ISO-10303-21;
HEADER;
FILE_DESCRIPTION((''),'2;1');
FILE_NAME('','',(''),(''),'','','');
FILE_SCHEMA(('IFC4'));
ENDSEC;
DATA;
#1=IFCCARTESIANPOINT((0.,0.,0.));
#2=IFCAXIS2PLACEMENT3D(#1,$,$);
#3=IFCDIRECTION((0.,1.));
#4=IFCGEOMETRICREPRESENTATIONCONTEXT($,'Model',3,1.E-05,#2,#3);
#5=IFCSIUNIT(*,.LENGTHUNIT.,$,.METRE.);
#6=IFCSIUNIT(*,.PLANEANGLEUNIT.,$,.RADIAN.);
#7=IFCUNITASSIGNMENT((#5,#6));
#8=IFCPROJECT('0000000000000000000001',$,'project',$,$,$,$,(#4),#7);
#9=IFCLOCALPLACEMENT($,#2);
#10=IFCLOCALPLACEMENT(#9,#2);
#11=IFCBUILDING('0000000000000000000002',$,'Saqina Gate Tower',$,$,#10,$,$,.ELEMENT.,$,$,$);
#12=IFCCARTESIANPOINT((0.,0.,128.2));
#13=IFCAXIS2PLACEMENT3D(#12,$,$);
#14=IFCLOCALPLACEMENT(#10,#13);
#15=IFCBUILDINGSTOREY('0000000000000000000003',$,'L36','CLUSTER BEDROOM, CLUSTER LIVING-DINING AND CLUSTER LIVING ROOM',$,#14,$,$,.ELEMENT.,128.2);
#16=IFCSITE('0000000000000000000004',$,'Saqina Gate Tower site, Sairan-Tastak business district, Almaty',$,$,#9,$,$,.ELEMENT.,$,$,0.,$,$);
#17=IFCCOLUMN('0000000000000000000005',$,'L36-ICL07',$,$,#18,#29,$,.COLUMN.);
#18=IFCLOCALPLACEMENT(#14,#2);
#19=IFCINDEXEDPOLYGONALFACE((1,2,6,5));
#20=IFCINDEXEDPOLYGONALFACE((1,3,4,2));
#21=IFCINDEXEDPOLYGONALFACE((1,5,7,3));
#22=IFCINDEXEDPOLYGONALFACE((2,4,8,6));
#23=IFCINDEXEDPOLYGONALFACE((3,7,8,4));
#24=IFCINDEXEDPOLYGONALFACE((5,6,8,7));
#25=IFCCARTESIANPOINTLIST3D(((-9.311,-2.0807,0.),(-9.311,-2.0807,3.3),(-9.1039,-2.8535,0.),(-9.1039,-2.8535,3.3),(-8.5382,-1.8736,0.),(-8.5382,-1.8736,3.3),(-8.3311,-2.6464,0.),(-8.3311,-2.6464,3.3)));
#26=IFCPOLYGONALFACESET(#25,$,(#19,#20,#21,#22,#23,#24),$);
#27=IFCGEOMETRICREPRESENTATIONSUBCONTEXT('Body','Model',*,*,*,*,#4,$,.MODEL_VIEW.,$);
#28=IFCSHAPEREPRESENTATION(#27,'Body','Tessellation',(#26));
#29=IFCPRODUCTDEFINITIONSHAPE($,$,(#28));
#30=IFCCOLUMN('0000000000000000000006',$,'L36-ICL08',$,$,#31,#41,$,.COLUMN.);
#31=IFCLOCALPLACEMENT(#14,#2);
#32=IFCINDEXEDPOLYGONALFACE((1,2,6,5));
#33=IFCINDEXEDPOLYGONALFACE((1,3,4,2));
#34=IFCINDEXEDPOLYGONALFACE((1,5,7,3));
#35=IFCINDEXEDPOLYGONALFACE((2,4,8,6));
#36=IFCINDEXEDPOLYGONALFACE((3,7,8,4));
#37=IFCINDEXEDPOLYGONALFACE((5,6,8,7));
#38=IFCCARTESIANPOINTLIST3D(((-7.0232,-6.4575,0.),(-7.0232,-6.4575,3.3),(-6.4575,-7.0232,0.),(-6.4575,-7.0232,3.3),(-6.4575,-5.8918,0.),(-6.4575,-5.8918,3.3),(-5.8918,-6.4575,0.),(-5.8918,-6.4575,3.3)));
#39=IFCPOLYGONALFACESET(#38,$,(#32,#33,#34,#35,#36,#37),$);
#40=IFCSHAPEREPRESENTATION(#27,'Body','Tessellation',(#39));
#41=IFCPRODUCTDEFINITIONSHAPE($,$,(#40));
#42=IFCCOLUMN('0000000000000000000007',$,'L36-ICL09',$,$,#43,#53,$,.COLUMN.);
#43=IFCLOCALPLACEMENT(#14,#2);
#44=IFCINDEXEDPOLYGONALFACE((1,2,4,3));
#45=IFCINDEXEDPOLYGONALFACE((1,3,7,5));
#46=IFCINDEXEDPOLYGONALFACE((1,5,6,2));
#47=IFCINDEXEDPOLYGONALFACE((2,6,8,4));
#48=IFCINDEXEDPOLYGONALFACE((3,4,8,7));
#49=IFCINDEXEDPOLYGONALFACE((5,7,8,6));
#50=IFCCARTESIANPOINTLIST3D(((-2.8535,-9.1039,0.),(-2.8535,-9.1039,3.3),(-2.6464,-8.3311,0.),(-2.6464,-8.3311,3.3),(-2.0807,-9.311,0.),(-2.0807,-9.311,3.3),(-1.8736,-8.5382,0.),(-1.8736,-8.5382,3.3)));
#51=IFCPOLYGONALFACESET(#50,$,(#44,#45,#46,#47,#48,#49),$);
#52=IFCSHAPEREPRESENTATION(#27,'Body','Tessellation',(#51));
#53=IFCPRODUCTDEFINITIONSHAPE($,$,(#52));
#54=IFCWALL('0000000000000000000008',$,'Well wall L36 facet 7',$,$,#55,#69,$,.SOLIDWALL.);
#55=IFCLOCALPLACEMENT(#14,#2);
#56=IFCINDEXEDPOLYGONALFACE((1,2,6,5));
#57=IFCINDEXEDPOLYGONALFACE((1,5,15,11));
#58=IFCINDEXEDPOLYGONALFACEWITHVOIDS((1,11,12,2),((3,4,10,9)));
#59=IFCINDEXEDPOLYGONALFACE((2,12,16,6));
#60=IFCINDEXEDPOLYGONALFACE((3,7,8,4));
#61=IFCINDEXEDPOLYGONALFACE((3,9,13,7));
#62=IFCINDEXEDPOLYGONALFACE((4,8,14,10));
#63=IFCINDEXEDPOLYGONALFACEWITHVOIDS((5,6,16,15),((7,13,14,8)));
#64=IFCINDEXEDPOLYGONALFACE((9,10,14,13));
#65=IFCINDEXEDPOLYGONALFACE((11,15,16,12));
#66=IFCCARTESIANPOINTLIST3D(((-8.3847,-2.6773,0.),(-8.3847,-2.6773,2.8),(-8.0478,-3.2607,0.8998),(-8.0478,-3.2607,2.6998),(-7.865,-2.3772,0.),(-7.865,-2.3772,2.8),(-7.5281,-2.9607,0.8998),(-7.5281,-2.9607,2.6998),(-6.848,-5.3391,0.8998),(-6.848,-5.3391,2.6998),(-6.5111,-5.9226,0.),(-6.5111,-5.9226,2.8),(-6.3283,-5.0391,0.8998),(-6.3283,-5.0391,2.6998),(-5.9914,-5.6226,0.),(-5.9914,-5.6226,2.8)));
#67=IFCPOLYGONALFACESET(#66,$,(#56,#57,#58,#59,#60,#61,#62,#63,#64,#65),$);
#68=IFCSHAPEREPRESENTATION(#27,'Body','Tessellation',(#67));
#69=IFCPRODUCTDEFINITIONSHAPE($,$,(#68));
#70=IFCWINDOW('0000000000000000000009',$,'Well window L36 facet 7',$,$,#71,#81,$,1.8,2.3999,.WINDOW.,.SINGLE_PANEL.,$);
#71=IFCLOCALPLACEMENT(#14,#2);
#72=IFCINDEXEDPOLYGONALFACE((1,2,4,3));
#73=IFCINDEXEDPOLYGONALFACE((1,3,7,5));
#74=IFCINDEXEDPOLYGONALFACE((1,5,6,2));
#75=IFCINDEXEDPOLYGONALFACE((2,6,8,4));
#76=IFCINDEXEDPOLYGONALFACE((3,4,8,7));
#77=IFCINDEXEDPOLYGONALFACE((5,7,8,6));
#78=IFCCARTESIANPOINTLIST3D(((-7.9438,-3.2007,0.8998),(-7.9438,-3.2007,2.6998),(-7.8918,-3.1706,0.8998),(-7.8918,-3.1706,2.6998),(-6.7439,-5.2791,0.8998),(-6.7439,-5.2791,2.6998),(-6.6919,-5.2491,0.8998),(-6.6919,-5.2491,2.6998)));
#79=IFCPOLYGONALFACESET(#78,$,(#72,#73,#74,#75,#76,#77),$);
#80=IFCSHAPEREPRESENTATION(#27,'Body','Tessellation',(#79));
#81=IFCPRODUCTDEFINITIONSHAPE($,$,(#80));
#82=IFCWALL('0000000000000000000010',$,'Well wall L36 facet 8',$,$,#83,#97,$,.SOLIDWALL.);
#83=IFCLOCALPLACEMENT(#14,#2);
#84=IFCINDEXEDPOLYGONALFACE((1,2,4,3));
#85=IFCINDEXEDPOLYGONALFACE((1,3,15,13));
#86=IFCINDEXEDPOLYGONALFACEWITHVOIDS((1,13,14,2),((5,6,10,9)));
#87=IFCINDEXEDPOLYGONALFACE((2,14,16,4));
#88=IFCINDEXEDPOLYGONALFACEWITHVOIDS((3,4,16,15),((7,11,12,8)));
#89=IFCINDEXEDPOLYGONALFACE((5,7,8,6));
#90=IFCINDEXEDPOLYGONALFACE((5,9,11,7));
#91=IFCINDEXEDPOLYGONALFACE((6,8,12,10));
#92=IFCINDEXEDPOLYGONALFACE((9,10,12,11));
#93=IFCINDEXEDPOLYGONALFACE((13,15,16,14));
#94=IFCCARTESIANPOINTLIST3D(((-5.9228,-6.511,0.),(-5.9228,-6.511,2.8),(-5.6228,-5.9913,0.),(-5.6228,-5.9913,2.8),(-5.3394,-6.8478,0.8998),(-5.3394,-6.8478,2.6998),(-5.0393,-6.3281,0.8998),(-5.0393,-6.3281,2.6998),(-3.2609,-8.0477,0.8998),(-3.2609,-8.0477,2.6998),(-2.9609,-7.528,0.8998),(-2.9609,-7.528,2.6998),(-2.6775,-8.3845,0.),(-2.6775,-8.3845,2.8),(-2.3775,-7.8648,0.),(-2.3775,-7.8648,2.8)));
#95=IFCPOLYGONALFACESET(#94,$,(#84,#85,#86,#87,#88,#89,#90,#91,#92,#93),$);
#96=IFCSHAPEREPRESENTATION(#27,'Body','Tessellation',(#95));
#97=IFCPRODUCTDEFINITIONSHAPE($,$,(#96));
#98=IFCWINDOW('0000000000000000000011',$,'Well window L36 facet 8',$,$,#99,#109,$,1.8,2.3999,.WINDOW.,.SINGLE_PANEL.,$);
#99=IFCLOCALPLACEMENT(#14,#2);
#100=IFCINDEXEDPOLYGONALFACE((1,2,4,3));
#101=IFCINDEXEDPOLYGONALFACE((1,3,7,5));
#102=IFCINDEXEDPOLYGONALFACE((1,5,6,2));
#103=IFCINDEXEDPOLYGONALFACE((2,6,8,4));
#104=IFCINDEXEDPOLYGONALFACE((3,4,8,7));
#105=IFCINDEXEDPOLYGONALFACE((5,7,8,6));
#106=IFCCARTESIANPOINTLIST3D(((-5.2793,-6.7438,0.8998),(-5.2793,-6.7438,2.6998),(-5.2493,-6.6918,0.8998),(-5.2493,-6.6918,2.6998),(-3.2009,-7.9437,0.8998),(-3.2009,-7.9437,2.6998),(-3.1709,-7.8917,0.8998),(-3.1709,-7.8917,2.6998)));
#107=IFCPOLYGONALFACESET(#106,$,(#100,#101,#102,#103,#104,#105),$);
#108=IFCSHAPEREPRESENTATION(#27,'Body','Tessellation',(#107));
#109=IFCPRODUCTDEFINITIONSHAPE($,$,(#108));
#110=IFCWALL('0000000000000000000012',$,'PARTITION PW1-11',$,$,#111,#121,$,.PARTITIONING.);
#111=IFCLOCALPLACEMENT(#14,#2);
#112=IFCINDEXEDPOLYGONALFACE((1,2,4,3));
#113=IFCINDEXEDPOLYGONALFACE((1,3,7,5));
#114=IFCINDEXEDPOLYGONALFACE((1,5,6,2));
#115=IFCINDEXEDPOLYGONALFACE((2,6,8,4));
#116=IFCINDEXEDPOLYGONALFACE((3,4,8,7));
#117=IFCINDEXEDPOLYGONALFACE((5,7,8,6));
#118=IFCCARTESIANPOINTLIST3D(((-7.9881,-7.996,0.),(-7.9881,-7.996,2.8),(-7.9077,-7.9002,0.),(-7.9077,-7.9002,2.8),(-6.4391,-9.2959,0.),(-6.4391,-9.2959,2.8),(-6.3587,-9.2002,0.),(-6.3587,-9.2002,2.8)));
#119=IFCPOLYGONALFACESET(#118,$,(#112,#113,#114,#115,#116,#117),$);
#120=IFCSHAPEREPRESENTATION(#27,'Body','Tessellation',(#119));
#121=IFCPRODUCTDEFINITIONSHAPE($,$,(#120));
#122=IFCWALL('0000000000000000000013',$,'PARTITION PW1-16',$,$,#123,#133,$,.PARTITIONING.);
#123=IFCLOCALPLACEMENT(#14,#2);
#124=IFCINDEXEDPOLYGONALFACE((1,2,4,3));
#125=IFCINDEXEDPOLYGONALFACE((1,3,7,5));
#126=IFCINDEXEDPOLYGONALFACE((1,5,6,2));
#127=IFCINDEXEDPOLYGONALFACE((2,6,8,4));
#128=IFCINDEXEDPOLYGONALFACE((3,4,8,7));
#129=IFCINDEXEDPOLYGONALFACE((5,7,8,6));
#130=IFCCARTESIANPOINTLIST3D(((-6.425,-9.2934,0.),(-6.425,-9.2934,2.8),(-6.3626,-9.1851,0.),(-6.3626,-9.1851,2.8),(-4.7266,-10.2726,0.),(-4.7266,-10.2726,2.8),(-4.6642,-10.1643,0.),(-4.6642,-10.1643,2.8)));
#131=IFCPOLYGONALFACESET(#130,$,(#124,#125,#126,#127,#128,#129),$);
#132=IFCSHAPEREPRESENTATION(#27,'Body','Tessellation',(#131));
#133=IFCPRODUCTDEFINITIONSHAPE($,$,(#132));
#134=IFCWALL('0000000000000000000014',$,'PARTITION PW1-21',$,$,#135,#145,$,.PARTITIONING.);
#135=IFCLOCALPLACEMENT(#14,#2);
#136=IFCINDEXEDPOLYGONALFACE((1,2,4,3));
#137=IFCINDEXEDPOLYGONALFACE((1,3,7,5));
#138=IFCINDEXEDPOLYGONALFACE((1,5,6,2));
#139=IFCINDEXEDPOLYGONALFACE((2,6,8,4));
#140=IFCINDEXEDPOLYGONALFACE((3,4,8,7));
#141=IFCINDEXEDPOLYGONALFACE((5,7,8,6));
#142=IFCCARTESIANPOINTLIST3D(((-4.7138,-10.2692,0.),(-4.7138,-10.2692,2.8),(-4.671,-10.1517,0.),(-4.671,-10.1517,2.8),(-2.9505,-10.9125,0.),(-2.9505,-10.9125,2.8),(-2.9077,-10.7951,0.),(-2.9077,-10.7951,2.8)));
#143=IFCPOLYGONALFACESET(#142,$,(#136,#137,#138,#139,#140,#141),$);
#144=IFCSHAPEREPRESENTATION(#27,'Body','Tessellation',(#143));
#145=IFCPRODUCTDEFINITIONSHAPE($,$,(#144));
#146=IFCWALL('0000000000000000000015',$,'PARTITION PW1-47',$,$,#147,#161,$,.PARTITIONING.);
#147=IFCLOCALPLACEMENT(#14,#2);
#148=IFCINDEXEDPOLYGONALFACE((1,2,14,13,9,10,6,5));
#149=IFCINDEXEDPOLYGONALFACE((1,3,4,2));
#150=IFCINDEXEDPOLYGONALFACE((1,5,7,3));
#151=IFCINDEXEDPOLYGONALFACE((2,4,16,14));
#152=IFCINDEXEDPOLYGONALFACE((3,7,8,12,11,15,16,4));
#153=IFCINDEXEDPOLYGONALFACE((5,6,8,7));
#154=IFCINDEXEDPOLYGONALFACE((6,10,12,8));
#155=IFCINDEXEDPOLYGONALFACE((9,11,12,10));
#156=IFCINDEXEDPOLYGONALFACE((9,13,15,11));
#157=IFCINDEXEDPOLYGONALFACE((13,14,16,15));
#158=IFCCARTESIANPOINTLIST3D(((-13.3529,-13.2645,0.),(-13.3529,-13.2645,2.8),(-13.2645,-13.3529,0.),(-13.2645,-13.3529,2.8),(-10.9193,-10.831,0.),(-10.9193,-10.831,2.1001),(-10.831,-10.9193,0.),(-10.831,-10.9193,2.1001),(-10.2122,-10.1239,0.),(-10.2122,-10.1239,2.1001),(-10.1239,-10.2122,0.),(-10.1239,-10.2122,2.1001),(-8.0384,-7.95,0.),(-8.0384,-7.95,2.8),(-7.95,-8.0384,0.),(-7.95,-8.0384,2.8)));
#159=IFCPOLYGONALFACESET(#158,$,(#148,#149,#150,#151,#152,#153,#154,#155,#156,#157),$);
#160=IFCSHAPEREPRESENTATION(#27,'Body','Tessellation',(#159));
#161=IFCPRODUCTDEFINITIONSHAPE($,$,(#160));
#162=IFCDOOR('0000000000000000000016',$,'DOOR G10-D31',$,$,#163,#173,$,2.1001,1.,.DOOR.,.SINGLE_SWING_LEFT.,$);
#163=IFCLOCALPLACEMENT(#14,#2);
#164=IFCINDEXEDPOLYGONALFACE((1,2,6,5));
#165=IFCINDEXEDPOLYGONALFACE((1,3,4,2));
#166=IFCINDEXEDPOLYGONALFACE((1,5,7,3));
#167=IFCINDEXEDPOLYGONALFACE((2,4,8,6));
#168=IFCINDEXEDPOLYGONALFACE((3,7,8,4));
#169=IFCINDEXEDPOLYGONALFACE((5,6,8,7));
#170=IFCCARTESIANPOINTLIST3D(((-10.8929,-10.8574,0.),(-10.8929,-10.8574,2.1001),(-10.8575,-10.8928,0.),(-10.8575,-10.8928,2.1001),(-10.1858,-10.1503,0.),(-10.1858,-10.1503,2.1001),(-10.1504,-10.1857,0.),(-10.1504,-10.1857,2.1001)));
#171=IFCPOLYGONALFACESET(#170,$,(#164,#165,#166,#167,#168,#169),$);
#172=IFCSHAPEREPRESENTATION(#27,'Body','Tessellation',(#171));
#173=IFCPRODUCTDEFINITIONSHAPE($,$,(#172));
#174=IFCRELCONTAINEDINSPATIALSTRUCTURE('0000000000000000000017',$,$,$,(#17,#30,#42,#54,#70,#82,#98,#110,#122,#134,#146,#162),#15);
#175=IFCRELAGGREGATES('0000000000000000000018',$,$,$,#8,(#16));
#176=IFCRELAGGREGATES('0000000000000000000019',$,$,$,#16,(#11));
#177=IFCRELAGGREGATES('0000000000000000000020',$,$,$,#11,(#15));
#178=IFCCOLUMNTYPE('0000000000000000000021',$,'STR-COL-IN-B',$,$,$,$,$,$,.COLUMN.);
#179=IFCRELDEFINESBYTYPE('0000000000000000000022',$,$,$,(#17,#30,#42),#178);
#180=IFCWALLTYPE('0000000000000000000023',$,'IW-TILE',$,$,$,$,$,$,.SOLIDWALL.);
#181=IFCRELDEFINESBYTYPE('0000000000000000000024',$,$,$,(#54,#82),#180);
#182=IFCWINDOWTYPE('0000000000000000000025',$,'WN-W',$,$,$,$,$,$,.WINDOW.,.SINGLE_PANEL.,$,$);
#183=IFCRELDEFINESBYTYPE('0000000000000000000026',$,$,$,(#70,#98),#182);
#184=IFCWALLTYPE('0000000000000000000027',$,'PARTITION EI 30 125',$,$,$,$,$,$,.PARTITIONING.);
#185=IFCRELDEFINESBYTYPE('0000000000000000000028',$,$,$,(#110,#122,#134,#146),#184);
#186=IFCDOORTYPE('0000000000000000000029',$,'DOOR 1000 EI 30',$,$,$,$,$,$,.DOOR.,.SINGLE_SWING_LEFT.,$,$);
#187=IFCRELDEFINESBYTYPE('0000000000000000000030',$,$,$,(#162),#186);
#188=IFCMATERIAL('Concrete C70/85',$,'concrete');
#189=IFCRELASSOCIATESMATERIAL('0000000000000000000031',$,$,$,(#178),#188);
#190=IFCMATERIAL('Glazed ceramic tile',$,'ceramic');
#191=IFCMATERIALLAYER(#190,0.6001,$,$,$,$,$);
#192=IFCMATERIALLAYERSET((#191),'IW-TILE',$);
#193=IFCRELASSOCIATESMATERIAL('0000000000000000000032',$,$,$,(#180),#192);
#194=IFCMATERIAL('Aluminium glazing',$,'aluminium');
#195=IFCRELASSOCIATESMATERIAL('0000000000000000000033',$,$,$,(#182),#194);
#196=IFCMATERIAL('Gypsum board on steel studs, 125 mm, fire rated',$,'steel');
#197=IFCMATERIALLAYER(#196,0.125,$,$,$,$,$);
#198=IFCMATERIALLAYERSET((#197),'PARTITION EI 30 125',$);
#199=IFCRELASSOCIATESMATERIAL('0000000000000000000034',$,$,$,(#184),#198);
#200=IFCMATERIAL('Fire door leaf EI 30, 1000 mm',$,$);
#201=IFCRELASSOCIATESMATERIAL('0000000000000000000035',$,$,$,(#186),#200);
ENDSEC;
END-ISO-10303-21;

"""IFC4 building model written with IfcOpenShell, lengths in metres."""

from ifc_helpers import new_model, si_unit, direction, frame, frame_2d, origin, origin_2d, place, context, subcontext, project, spatial, rectangle, extrude, material, layer, layer_set, material_profile, profile_set, type_object, element, fill, save


model = new_model("IFC4")

# Units and contexts
model_context = context("Model", 3, precision=1e-05, world=origin(), true_north=direction((0.0, 1.0)))
body_context = subcontext(model_context, "Body", "Model", "MODEL_VIEW")
ifc_project = project(units=[si_unit("LENGTHUNIT", "METRE"), si_unit("PLANEANGLEUNIT", "RADIAN")], contexts=[model_context])

# Site, building, storey
site_placement = place(None, origin())
site = spatial("IfcSite", under=ifc_project, at=site_placement, Name="Saqina Gate Tower site, Sairan-Tastak business district, Almaty", CompositionType="ELEMENT", RefElevation=0.0)
building_placement = place(site_placement, origin())
building = spatial("IfcBuilding", under=site, at=building_placement, Name="Saqina Gate Tower", CompositionType="ELEMENT")
storey_placement = place(building_placement, frame((0.0, 0.0, 128.2)))
storey = spatial("IfcBuildingStorey", under=building, at=storey_placement, Name="L36", Description="CLUSTER BEDROOM, CLUSTER LIVING-DINING AND CLUSTER LIVING ROOM", CompositionType="ELEMENT", Elevation=128.2)

# Columns
ifc_material_1 = material(Name="Concrete C70/85", Category="concrete")
ifc_material_profile = material_profile(ifc_material_1, rectangle(XDim=0.8, YDim=0.8, at=origin_2d()), Name="RC 800x800")
ifc_profile_set = profile_set([ifc_material_profile], Name="Concrete C70/85")
column_type = type_object("IfcColumnType", Name="STR-COL-IN-B", PredefinedType="COLUMN", material=ifc_profile_set)
for number, where, z_axis, x_axis, name in (
    (1, (-8.821, -2.3635, 0.0), (0.0, 0.0, 1.0), (-0.965926, -0.258819, 0.0), "L36-ICL07"),
    (2, (-6.4575, -6.4575, 0.0), (0.0, 0.0, 1.0), (-0.707107, -0.707107, 0.0), "L36-ICL08"),
    (3, (-2.3635, -8.821, 0.0), (0.0, 0.0, 1.0), (-0.258819, -0.965926, 0.0), "L36-ICL09"),
):
    element("IfcColumn", number, at=place(storey_placement, frame(where, z_axis=z_axis, x_axis=x_axis)), inside=storey, type_object=column_type, Name=name, PredefinedType="COLUMN", context=body_context, shape_type="SweptSolid", body=[
        extrude(rectangle(XDim=0.8, YDim=0.8, at=origin_2d()), origin(), (0.0, 0.0, 1.0), 3.3),
    ])

# Walls, openings, windows
ifc_material_2 = material(Name="Glazed ceramic tile", Category="ceramic")
ifc_layer_1 = layer(ifc_material_2, 0.6001)
ifc_layer_set_1 = layer_set([ifc_layer_1], Name="IW-TILE")
wall_type_1 = type_object("IfcWallType", Name="IW-TILE", PredefinedType="SOLIDWALL", material=ifc_layer_set_1)
wall_1_placement = place(storey_placement, frame((-8.1248, -2.5273, 0.0), z_axis=(0.0, 0.0, 1.0), x_axis=(0.499965, -0.866046, 0.0)))
wall_1 = element("IfcWall", 4, at=wall_1_placement, inside=storey, type_object=wall_type_1, Name="Well wall L36 facet 7", PredefinedType="SOLIDWALL", context=body_context, shape_type="SweptSolid", body=[
    extrude(rectangle(XDim=3.7473, YDim=0.6001, at=frame_2d((1.8735, 0.0))), origin(), (0.0, 0.0, 1.0), 2.8),
])
opening_1_placement = place(wall_1_placement, frame((0.6736, 0.0, 0.8999)))
opening_1 = element("IfcOpeningElement", 5, at=opening_1_placement, cuts=wall_1, PredefinedType="OPENING", context=body_context, shape_type="SweptSolid", body=[
    extrude(rectangle(XDim=2.3999, YDim=1.8, at=frame_2d((1.2, 0.8999))), frame((0.0, 0.312, 0.0), z_axis=(0.0, -1.0, 0.0), x_axis=(1.0, 0.0, 0.0)), (0.0, 0.0, 1.0), 0.624),
])
ifc_material_3 = material(Name="Aluminium glazing", Category="aluminium")
window_type = type_object("IfcWindowType", Name="WN-W", PartitioningType="SINGLE_PANEL", PredefinedType="WINDOW", material=ifc_material_3)
window_1_placement = place(opening_1_placement, origin())
window_1 = element("IfcWindow", 6, at=window_1_placement, inside=storey, type_object=window_type, Name="Well window L36 facet 7", OverallHeight=1.8, OverallWidth=2.3999, PartitioningType="SINGLE_PANEL", PredefinedType="WINDOW", context=body_context, shape_type="SweptSolid", body=[
    extrude(rectangle(XDim=2.3999, YDim=1.8, at=frame_2d((1.2, 0.8999))), frame((0.0, -0.1199, 0.0), z_axis=(0.0, -1.0, 0.0), x_axis=(1.0, 0.0, 0.0)), (0.0, 0.0, 1.0), 0.0601),
])
fill(opening_1, window_1)
wall_2_placement = place(storey_placement, frame((-5.7727, -6.2512, 0.0), z_axis=(0.0, 0.0, 1.0), x_axis=(0.866046, -0.499965, 0.0)))
wall_2 = element("IfcWall", 7, at=wall_2_placement, inside=storey, type_object=wall_type_1, Name="Well wall L36 facet 8", PredefinedType="SOLIDWALL", context=body_context, shape_type="SweptSolid", body=[
    extrude(rectangle(XDim=3.7473, YDim=0.6001, at=frame_2d((1.8735, 0.0))), origin(), (0.0, 0.0, 1.0), 2.8),
])
opening_2_placement = place(wall_2_placement, frame((0.6736, 0.0, 0.8999)))
opening_2 = element("IfcOpeningElement", 8, at=opening_2_placement, cuts=wall_2, PredefinedType="OPENING", context=body_context, shape_type="SweptSolid", body=[
    extrude(rectangle(XDim=2.3999, YDim=1.8, at=frame_2d((1.2, 0.8999))), frame((0.0, 0.312, 0.0), z_axis=(0.0, -1.0, 0.0), x_axis=(1.0, 0.0, 0.0)), (0.0, 0.0, 1.0), 0.624),
])
window_2_placement = place(opening_2_placement, origin())
window_2 = element("IfcWindow", 9, at=window_2_placement, inside=storey, type_object=window_type, Name="Well window L36 facet 8", OverallHeight=1.8, OverallWidth=2.3999, PartitioningType="SINGLE_PANEL", PredefinedType="WINDOW", context=body_context, shape_type="SweptSolid", body=[
    extrude(rectangle(XDim=2.3999, YDim=1.8, at=frame_2d((1.2, 0.8999))), frame((0.0, -0.1199, 0.0), z_axis=(0.0, -1.0, 0.0), x_axis=(1.0, 0.0, 0.0)), (0.0, 0.0, 1.0), 0.0601),
])
fill(opening_2, window_2)

# Walls
ifc_material_4 = material(Name="Gypsum board on steel studs, 125 mm, fire rated", Category="steel")
ifc_layer_2 = layer(ifc_material_4, 0.125)
ifc_layer_set_2 = layer_set([ifc_layer_2], Name="PARTITION EI 30 125")
wall_type_2 = type_object("IfcWallType", Name="PARTITION EI 30 125", PredefinedType="PARTITIONING", material=ifc_layer_set_2)
wall_3_placement = place(storey_placement, frame((-7.948, -7.948, 0.0), z_axis=(0.0, 0.0, 1.0), x_axis=(0.76599, -0.642852, 0.0)))
element("IfcWall", 10, at=wall_3_placement, inside=storey, type_object=wall_type_2, Name="PARTITION PW1-11", PredefinedType="PARTITIONING", context=body_context, shape_type="SweptSolid", body=[
    extrude(rectangle(XDim=2.0222, YDim=0.125, at=frame_2d((1.0112, 0.0))), origin(), (0.0, 0.0, 1.0), 2.8),
])
wall_4_placement = place(storey_placement, frame((-6.3938, -9.2393, 0.0), z_axis=(0.0, 0.0, 1.0), x_axis=(0.866329, -0.499474, 0.0)))
element("IfcWall", 11, at=wall_4_placement, inside=storey, type_object=wall_type_2, Name="PARTITION PW1-16", PredefinedType="PARTITIONING", context=body_context, shape_type="SweptSolid", body=[
    extrude(rectangle(XDim=1.9604, YDim=0.125, at=frame_2d((0.9802, 0.0))), origin(), (0.0, 0.0, 1.0), 2.8),
])
wall_5_placement = place(storey_placement, frame((-4.6924, -10.2104, 0.0), z_axis=(0.0, 0.0, 1.0), x_axis=(0.939424, -0.342756, 0.0)))
element("IfcWall", 12, at=wall_5_placement, inside=storey, type_object=wall_type_2, Name="PARTITION PW1-21", PredefinedType="PARTITIONING", context=body_context, shape_type="SweptSolid", body=[
    extrude(rectangle(XDim=1.877, YDim=0.125, at=frame_2d((0.9385, 0.0))), origin(), (0.0, 0.0, 1.0), 2.8),
])

# Wall, opening, door
wall_6_placement = place(storey_placement, frame((-13.3086, -13.3086, 0.0), z_axis=(0.0, 0.0, 1.0), x_axis=(0.707107, 0.707107, 0.0)))
wall_6 = element("IfcWall", 13, at=wall_6_placement, inside=storey, type_object=wall_type_2, Name="PARTITION PW1-47", PredefinedType="PARTITIONING", context=body_context, shape_type="SweptSolid", body=[
    extrude(rectangle(XDim=7.5159, YDim=0.125, at=frame_2d((3.7578, 0.0))), origin(), (0.0, 0.0, 1.0), 2.8),
])
opening_3_placement = place(wall_6_placement, frame((3.4414, 0.0, 0.0)))
opening_3 = element("IfcOpeningElement", 14, at=opening_3_placement, cuts=wall_6, PredefinedType="OPENING", context=body_context, shape_type="SweptSolid", body=[
    extrude(rectangle(XDim=1.0, YDim=2.1001, at=frame_2d((0.5, 1.05))), frame((0.0, 0.0745, 0.0), z_axis=(0.0, -1.0, 0.0), x_axis=(1.0, 0.0, 0.0)), (0.0, 0.0, 1.0), 0.1489),
])
ifc_material_5 = material(Name="Fire door leaf EI 30, 1000 mm")
door_type_1 = type_object("IfcDoorType", Name="DOOR 1000 EI 30", OperationType="SINGLE_SWING_LEFT", PredefinedType="DOOR", material=ifc_material_5)
door_1_placement = place(opening_3_placement, frame((1.0, 0.0, 0.0), z_axis=(0.0, 0.0, 1.0), x_axis=(-1.0, 0.0, 0.0)))
door_1 = element("IfcDoor", 15, at=door_1_placement, inside=storey, type_object=door_type_1, Name="DOOR G10-D31", OperationType="SINGLE_SWING_LEFT", OverallHeight=2.1001, OverallWidth=1.0, PredefinedType="DOOR", context=body_context, shape_type="SweptSolid", body=[
    extrude(rectangle(XDim=1.0, YDim=2.1001, at=frame_2d((0.5, 1.05))), frame((0.0, 0.0249, 0.0), z_axis=(0.0, -1.0, 0.0), x_axis=(1.0, 0.0, 0.0)), (0.0, 0.0, 1.0), 0.05),
])
fill(opening_3, door_1)

save(model, "model.ifc")
